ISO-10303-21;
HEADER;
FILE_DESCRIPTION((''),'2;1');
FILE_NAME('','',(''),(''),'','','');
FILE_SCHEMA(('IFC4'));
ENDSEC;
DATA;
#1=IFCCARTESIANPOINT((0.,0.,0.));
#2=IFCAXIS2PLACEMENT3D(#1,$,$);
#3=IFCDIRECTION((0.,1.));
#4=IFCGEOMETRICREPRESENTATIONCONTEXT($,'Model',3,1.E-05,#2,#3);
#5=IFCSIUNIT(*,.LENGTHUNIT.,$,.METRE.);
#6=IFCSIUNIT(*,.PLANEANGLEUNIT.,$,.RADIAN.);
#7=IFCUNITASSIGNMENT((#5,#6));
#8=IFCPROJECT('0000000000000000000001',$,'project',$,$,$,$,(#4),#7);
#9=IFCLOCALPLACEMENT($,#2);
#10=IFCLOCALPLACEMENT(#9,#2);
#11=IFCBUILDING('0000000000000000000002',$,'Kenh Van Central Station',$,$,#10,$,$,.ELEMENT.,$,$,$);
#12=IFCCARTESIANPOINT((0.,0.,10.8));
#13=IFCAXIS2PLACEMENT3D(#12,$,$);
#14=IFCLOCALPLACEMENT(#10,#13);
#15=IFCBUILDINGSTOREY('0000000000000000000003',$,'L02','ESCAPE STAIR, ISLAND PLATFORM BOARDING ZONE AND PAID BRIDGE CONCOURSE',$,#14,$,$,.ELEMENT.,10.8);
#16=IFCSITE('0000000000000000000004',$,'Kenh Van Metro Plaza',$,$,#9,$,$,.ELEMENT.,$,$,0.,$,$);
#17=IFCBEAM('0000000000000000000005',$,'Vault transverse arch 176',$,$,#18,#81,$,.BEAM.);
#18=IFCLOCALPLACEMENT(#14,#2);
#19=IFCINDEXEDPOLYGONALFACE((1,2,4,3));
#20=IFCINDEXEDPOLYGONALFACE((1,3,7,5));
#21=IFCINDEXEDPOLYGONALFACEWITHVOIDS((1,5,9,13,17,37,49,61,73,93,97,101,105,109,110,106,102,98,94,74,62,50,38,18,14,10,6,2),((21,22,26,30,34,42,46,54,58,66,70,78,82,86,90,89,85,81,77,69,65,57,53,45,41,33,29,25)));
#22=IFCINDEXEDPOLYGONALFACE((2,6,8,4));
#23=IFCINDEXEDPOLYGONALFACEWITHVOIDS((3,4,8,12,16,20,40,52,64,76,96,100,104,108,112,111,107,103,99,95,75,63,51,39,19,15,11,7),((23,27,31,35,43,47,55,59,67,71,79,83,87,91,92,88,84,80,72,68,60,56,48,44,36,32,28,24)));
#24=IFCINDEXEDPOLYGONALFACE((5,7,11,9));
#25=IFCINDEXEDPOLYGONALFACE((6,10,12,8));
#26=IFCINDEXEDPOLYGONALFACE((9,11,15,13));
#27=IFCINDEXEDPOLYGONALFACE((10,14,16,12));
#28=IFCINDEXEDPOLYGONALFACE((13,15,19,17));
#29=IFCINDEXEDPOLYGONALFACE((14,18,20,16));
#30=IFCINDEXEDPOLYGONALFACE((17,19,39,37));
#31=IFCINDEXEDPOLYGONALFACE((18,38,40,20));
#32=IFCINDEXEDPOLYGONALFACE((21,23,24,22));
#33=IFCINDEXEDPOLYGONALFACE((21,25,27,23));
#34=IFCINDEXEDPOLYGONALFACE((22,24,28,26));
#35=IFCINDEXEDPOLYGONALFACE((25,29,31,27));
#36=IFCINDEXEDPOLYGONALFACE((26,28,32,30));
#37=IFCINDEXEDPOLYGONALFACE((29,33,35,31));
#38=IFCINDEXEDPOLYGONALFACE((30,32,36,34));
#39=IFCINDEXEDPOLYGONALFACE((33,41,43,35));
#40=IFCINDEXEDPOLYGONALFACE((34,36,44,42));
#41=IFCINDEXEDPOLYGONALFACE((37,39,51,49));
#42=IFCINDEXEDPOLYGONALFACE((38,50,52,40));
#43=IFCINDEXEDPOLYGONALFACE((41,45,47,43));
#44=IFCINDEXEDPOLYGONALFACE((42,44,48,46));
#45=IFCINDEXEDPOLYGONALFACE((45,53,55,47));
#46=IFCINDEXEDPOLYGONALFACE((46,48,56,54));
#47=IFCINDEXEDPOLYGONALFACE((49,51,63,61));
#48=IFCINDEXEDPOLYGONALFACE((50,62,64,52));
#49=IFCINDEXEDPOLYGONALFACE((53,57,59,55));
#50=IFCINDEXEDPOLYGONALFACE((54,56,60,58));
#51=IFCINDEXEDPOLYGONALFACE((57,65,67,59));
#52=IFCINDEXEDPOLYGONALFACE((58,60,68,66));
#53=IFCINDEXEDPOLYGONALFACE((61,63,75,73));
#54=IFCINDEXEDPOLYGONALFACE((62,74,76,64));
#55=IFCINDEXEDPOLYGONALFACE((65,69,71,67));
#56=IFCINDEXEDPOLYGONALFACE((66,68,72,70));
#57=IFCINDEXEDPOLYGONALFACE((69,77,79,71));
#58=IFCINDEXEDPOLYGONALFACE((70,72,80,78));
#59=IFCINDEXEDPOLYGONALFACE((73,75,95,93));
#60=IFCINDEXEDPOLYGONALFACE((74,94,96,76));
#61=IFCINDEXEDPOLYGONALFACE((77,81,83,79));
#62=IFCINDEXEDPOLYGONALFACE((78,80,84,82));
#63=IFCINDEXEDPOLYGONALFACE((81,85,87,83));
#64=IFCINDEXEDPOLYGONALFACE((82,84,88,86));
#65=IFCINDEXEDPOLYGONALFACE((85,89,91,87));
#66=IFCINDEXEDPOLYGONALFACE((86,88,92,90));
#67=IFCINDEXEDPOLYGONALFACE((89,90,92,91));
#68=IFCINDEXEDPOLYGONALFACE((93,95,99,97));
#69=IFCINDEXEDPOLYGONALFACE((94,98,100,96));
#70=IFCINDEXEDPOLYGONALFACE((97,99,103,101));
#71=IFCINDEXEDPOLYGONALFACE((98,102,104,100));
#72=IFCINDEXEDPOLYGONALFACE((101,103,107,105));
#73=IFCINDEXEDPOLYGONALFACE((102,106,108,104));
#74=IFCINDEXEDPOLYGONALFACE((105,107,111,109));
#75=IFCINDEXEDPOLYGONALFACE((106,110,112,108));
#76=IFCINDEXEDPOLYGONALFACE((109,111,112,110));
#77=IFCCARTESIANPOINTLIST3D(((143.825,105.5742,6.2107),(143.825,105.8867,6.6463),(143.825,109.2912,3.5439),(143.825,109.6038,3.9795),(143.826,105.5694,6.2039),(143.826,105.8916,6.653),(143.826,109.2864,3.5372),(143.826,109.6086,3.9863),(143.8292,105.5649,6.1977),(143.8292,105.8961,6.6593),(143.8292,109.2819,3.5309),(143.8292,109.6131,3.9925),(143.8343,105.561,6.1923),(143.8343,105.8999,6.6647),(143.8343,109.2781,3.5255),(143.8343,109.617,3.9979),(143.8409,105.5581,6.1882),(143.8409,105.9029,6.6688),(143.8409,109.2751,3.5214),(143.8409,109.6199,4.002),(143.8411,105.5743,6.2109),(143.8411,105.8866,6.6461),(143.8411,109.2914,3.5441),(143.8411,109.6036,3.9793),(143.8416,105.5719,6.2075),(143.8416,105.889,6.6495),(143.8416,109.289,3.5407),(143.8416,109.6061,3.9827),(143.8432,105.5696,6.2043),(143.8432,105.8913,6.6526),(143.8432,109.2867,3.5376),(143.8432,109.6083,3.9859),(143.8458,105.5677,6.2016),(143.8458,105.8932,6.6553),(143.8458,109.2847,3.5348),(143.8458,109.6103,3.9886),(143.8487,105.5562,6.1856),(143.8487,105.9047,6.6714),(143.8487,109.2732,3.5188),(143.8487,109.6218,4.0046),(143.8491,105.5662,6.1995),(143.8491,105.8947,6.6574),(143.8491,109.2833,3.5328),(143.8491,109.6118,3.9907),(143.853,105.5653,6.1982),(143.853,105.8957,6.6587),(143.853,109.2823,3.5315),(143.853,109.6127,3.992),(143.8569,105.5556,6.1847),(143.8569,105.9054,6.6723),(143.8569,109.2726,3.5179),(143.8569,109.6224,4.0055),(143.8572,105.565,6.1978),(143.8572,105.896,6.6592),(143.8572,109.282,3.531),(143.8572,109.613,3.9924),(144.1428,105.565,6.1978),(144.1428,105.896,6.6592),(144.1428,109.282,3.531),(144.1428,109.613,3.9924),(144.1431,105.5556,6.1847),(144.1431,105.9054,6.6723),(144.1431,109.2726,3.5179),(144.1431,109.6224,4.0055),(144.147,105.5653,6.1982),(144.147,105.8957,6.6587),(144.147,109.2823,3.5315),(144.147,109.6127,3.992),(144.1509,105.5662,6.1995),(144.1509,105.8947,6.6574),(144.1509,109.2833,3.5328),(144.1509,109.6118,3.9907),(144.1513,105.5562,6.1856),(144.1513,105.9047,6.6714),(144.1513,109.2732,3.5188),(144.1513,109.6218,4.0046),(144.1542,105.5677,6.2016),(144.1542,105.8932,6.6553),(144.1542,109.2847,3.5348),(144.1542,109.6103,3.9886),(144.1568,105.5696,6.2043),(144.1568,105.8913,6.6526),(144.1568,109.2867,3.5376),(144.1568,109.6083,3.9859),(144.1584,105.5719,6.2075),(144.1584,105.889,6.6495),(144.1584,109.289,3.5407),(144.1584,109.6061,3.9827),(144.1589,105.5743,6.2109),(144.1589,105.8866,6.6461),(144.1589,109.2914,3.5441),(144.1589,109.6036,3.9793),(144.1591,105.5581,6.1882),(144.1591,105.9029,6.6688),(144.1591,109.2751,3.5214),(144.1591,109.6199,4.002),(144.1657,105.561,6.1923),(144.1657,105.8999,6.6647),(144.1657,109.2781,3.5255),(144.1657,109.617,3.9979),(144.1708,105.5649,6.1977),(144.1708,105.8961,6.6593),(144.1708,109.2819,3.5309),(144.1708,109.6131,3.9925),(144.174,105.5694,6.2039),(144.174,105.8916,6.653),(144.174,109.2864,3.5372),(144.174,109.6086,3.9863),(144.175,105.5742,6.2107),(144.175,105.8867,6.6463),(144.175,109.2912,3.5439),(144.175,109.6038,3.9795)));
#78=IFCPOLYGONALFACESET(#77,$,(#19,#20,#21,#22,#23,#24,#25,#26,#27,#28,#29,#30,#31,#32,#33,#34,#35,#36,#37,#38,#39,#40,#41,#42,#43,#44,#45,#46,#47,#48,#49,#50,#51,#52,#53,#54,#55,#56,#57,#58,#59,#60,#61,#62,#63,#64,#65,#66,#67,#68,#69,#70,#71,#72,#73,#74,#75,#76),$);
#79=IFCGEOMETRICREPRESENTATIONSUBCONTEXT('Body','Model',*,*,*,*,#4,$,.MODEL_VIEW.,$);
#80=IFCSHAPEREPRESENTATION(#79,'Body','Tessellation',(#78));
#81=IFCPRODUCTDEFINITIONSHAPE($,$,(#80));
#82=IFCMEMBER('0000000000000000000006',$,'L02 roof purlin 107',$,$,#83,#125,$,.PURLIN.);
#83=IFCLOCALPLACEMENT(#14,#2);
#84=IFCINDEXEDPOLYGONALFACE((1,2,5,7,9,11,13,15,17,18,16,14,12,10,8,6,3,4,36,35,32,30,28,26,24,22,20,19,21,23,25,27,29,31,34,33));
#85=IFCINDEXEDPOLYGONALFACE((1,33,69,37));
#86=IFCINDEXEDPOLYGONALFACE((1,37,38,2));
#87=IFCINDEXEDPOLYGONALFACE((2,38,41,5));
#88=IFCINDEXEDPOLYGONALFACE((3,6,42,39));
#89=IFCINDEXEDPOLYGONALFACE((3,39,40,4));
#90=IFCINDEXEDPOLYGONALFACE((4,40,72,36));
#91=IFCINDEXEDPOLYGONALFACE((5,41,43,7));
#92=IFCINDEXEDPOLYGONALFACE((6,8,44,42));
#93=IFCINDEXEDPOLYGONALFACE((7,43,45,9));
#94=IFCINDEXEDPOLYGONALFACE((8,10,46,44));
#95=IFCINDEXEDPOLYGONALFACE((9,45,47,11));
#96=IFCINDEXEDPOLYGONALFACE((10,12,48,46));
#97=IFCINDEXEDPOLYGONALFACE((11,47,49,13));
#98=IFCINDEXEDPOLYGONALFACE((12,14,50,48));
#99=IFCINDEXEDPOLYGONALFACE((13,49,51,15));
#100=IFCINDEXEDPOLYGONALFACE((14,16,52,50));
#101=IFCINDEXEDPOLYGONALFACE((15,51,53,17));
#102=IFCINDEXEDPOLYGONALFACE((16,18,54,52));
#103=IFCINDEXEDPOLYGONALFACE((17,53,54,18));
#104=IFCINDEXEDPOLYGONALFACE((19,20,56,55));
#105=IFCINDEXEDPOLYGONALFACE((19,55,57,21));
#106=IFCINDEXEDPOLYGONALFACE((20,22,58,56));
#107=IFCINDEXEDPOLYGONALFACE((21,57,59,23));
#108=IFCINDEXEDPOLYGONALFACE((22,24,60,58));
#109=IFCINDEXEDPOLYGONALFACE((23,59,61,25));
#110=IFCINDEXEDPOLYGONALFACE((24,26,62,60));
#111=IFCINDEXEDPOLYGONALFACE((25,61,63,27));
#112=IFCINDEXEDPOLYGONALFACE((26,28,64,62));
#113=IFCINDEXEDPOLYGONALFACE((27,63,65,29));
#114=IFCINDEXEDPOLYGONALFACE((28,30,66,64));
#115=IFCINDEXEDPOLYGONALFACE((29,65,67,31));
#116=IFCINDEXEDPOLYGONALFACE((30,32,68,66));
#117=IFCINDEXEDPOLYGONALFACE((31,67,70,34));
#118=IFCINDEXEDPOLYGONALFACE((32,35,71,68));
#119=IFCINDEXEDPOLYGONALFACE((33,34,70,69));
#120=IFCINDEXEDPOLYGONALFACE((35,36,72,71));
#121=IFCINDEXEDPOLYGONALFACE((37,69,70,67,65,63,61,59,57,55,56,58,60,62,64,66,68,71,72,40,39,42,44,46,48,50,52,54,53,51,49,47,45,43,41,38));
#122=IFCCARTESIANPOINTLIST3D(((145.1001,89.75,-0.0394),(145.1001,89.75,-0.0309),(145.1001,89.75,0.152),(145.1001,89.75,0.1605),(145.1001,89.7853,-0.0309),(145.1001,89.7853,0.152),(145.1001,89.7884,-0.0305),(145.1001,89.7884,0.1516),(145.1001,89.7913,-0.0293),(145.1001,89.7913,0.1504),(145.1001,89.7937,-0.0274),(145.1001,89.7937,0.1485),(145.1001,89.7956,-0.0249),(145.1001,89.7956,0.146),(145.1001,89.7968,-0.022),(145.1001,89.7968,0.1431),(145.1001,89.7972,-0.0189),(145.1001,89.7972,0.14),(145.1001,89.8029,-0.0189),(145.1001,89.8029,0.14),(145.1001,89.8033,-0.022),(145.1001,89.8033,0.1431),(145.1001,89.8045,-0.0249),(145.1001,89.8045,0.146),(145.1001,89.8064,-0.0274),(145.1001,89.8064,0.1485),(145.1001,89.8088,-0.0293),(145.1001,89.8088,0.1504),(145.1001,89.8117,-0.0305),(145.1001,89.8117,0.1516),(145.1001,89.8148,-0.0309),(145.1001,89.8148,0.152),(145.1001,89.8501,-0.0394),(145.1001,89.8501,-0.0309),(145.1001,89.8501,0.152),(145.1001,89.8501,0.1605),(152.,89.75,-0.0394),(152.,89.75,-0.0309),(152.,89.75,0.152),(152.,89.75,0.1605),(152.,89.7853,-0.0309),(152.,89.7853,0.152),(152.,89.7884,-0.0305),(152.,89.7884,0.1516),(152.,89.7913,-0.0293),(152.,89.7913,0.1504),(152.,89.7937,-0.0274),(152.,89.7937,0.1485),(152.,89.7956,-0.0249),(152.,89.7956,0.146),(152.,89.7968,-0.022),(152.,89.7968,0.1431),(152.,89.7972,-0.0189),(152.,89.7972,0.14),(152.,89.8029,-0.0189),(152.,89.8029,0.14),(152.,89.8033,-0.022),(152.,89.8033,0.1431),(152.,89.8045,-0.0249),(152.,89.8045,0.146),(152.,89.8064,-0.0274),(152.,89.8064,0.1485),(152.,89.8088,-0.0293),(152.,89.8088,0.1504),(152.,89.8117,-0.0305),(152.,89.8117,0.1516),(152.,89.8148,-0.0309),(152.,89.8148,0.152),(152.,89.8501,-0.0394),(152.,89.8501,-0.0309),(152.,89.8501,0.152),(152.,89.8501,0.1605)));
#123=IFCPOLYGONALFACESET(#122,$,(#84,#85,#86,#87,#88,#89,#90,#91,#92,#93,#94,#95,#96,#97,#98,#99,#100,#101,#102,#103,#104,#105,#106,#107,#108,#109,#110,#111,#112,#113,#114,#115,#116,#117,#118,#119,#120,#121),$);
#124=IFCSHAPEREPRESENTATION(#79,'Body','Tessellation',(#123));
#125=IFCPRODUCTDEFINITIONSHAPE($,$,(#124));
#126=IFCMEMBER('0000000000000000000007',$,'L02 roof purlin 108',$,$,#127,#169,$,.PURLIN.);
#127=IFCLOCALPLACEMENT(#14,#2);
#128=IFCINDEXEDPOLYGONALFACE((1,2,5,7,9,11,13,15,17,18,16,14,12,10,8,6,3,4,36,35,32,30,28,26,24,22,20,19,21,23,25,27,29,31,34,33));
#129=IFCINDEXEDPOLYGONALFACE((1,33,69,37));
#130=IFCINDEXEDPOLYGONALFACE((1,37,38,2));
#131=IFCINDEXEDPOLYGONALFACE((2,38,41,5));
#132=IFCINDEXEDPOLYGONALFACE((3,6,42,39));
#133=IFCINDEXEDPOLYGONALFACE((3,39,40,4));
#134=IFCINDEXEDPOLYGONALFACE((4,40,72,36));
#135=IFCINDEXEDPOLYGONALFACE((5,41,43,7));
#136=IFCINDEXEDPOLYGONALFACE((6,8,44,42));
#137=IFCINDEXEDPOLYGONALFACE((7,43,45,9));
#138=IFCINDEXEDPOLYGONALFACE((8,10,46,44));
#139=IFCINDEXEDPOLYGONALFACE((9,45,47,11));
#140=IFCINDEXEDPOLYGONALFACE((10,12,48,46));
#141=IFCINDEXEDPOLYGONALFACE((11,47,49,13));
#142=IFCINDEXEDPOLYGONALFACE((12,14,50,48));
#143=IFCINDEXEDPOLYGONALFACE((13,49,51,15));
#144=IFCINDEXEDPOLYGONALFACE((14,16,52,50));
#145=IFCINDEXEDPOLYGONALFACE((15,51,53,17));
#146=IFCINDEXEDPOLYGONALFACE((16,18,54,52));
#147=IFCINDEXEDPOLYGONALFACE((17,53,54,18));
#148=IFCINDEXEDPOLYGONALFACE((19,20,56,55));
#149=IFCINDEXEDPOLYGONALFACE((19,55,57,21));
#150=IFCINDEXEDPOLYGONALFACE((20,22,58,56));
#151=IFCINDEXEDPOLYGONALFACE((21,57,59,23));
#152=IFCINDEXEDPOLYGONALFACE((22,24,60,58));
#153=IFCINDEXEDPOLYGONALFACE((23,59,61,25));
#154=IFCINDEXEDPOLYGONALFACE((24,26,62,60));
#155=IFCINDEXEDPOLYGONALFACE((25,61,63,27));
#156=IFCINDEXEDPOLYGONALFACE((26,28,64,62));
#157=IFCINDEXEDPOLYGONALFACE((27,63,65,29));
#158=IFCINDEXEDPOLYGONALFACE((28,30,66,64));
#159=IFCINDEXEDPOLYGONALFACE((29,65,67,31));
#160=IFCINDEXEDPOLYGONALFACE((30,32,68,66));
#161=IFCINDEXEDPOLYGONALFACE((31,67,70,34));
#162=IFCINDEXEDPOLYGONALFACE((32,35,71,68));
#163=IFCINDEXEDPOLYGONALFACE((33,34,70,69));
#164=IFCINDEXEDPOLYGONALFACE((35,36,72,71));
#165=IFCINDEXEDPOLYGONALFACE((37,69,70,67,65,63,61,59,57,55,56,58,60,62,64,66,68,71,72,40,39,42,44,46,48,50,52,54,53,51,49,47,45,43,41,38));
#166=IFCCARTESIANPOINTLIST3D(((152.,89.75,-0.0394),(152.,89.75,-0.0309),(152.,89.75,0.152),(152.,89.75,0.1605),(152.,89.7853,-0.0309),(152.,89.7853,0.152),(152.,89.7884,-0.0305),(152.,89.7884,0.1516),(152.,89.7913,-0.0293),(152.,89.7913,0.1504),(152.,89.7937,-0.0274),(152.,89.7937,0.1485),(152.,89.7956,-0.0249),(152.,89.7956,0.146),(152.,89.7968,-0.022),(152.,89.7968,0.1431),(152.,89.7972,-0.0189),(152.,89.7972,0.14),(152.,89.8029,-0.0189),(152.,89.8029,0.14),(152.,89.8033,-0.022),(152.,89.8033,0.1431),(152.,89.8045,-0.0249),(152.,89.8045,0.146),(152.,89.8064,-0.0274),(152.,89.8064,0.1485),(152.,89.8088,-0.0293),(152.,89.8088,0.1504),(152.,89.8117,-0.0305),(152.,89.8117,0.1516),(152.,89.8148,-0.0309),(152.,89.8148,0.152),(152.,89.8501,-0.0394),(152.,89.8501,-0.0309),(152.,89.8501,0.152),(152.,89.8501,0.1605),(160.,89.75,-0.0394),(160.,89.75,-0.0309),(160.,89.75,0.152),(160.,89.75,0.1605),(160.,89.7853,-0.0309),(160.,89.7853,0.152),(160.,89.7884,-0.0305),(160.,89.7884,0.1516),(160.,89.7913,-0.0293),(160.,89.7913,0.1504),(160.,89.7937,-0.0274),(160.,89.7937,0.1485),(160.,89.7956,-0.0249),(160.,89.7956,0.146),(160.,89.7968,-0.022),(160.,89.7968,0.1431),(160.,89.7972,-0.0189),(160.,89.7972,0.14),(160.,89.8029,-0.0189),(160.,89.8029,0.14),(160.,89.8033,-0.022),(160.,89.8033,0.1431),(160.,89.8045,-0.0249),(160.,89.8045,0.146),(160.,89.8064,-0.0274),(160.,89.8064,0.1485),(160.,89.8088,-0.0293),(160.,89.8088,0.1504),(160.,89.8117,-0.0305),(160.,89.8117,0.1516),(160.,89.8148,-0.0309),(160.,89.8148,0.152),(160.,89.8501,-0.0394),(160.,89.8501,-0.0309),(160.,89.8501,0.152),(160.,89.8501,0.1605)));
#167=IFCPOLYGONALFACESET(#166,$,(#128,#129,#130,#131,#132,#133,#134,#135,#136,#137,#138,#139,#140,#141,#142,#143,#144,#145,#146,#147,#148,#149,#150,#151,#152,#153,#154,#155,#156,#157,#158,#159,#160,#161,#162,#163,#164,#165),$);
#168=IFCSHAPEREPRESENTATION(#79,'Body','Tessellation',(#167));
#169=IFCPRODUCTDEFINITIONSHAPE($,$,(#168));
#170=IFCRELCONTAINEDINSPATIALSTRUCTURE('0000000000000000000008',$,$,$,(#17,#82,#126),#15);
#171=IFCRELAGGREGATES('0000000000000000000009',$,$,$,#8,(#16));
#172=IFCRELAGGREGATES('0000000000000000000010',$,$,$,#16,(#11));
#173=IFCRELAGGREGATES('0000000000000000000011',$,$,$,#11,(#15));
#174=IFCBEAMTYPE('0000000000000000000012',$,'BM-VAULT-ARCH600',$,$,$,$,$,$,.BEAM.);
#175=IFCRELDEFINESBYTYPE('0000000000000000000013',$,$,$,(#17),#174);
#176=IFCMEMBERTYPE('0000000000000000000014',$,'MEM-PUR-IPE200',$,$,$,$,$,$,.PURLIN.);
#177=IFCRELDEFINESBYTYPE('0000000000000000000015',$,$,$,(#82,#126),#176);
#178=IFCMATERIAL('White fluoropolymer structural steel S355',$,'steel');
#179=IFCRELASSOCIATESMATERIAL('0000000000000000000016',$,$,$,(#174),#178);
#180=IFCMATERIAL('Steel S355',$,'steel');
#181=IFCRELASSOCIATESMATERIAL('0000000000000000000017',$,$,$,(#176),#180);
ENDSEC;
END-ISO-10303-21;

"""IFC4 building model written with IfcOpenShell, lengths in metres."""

from ifc_helpers import new_model, si_unit, direction, frame, origin, origin_2d, place, context, subcontext, project, spatial, hollow_rectangle, i_section, extrude, material, material_profile, profile_set, type_object, element, save


model = new_model("IFC4")

# Units and contexts
model_context = context("Model", 3, precision=1e-05, world=origin(), true_north=direction((0.0, 1.0)))
body_context = subcontext(model_context, "Body", "Model", "MODEL_VIEW")
ifc_project = project(units=[si_unit("LENGTHUNIT", "METRE"), si_unit("PLANEANGLEUNIT", "RADIAN")], contexts=[model_context])

# Site, building, storey
site_placement = place(None, origin())
site = spatial("IfcSite", under=ifc_project, at=site_placement, Name="Kenh Van Metro Plaza", CompositionType="ELEMENT", RefElevation=0.0)
building_placement = place(site_placement, origin())
building = spatial("IfcBuilding", under=site, at=building_placement, Name="Kenh Van Central Station", CompositionType="ELEMENT")
storey_placement = place(building_placement, frame((0.0, 0.0, 10.8)))
storey = spatial("IfcBuildingStorey", under=building, at=storey_placement, Name="L02", Description="ESCAPE STAIR, ISLAND PLATFORM BOARDING ZONE AND PAID BRIDGE CONCOURSE", CompositionType="ELEMENT", Elevation=10.8)

# Beam
ifc_material_1 = material(Name="Steel S355", Category="steel")
ifc_material_2 = material(Name="White fluoropolymer structural steel S355", Category="steel")
ifc_material_profile_1 = material_profile(ifc_material_2, hollow_rectangle(XDim=0.3501, YDim=0.6001, WallThickness=0.0161, InnerFilletRadius=0.0161, OuterFilletRadius=0.032, at=origin_2d()), Name="RHS 600x350x16")
ifc_profile_set_1 = profile_set([ifc_material_profile_1], Name="White fluoropolymer structural steel S355")
beam_type_1 = type_object("IfcBeamType", Name="BM-VAULT-ARCH600", PredefinedType="BEAM", material=ifc_profile_set_1)
beam_placement = place(storey_placement, frame((144.0, 105.7305, 6.4285), z_axis=(0.0, 0.81252, -0.582933), x_axis=(-1.0, 0.0, 0.0)))
element("IfcBeam", 1, at=beam_placement, inside=storey, type_object=beam_type_1, Name="Vault transverse arch 176", PredefinedType="BEAM", context=body_context, shape_type="SweptSolid", body=[
    extrude(hollow_rectangle(XDim=0.3501, YDim=0.6001, WallThickness=0.0161, InnerFilletRadius=0.0161, OuterFilletRadius=0.032, at=origin_2d()), origin(), (0.0, 0.0, 1.0), 4.5747),
])

# Members
ifc_material_profile_2 = material_profile(ifc_material_1, i_section(OverallWidth=0.1001, OverallDepth=0.2, WebThickness=0.0056, FlangeThickness=0.0085, FilletRadius=0.012, at=origin_2d()), Name="IPE 200")
ifc_profile_set_2 = profile_set([ifc_material_profile_2], Name="Steel S355")
member_type_1 = type_object("IfcMemberType", Name="MEM-PUR-IPE200", PredefinedType="PURLIN", material=ifc_profile_set_2)
member_1_placement = place(storey_placement, frame((145.1001, 89.8, 0.0605), z_axis=(1.0, 0.0, 0.0), x_axis=(0.0, 1.0, 0.0)))
element("IfcMember", 2, at=member_1_placement, inside=storey, type_object=member_type_1, Name="L02 roof purlin 107", PredefinedType="PURLIN", context=body_context, shape_type="SweptSolid", body=[
    extrude(i_section(OverallWidth=0.1001, OverallDepth=0.2, WebThickness=0.0056, FlangeThickness=0.0085, FilletRadius=0.012, at=origin_2d()), origin(), (0.0, 0.0, 1.0), 6.8999),
])
member_2_placement = place(storey_placement, frame((152.0, 89.8, 0.0605), z_axis=(1.0, 0.0, 0.0), x_axis=(0.0, 1.0, 0.0)))
element("IfcMember", 3, at=member_2_placement, inside=storey, type_object=member_type_1, Name="L02 roof purlin 108", PredefinedType="PURLIN", context=body_context, shape_type="SweptSolid", body=[
    extrude(i_section(OverallWidth=0.1001, OverallDepth=0.2, WebThickness=0.0056, FlangeThickness=0.0085, FilletRadius=0.012, at=origin_2d()), origin(), (0.0, 0.0, 1.0), 8.0),
])

save(model, "model.ifc")
